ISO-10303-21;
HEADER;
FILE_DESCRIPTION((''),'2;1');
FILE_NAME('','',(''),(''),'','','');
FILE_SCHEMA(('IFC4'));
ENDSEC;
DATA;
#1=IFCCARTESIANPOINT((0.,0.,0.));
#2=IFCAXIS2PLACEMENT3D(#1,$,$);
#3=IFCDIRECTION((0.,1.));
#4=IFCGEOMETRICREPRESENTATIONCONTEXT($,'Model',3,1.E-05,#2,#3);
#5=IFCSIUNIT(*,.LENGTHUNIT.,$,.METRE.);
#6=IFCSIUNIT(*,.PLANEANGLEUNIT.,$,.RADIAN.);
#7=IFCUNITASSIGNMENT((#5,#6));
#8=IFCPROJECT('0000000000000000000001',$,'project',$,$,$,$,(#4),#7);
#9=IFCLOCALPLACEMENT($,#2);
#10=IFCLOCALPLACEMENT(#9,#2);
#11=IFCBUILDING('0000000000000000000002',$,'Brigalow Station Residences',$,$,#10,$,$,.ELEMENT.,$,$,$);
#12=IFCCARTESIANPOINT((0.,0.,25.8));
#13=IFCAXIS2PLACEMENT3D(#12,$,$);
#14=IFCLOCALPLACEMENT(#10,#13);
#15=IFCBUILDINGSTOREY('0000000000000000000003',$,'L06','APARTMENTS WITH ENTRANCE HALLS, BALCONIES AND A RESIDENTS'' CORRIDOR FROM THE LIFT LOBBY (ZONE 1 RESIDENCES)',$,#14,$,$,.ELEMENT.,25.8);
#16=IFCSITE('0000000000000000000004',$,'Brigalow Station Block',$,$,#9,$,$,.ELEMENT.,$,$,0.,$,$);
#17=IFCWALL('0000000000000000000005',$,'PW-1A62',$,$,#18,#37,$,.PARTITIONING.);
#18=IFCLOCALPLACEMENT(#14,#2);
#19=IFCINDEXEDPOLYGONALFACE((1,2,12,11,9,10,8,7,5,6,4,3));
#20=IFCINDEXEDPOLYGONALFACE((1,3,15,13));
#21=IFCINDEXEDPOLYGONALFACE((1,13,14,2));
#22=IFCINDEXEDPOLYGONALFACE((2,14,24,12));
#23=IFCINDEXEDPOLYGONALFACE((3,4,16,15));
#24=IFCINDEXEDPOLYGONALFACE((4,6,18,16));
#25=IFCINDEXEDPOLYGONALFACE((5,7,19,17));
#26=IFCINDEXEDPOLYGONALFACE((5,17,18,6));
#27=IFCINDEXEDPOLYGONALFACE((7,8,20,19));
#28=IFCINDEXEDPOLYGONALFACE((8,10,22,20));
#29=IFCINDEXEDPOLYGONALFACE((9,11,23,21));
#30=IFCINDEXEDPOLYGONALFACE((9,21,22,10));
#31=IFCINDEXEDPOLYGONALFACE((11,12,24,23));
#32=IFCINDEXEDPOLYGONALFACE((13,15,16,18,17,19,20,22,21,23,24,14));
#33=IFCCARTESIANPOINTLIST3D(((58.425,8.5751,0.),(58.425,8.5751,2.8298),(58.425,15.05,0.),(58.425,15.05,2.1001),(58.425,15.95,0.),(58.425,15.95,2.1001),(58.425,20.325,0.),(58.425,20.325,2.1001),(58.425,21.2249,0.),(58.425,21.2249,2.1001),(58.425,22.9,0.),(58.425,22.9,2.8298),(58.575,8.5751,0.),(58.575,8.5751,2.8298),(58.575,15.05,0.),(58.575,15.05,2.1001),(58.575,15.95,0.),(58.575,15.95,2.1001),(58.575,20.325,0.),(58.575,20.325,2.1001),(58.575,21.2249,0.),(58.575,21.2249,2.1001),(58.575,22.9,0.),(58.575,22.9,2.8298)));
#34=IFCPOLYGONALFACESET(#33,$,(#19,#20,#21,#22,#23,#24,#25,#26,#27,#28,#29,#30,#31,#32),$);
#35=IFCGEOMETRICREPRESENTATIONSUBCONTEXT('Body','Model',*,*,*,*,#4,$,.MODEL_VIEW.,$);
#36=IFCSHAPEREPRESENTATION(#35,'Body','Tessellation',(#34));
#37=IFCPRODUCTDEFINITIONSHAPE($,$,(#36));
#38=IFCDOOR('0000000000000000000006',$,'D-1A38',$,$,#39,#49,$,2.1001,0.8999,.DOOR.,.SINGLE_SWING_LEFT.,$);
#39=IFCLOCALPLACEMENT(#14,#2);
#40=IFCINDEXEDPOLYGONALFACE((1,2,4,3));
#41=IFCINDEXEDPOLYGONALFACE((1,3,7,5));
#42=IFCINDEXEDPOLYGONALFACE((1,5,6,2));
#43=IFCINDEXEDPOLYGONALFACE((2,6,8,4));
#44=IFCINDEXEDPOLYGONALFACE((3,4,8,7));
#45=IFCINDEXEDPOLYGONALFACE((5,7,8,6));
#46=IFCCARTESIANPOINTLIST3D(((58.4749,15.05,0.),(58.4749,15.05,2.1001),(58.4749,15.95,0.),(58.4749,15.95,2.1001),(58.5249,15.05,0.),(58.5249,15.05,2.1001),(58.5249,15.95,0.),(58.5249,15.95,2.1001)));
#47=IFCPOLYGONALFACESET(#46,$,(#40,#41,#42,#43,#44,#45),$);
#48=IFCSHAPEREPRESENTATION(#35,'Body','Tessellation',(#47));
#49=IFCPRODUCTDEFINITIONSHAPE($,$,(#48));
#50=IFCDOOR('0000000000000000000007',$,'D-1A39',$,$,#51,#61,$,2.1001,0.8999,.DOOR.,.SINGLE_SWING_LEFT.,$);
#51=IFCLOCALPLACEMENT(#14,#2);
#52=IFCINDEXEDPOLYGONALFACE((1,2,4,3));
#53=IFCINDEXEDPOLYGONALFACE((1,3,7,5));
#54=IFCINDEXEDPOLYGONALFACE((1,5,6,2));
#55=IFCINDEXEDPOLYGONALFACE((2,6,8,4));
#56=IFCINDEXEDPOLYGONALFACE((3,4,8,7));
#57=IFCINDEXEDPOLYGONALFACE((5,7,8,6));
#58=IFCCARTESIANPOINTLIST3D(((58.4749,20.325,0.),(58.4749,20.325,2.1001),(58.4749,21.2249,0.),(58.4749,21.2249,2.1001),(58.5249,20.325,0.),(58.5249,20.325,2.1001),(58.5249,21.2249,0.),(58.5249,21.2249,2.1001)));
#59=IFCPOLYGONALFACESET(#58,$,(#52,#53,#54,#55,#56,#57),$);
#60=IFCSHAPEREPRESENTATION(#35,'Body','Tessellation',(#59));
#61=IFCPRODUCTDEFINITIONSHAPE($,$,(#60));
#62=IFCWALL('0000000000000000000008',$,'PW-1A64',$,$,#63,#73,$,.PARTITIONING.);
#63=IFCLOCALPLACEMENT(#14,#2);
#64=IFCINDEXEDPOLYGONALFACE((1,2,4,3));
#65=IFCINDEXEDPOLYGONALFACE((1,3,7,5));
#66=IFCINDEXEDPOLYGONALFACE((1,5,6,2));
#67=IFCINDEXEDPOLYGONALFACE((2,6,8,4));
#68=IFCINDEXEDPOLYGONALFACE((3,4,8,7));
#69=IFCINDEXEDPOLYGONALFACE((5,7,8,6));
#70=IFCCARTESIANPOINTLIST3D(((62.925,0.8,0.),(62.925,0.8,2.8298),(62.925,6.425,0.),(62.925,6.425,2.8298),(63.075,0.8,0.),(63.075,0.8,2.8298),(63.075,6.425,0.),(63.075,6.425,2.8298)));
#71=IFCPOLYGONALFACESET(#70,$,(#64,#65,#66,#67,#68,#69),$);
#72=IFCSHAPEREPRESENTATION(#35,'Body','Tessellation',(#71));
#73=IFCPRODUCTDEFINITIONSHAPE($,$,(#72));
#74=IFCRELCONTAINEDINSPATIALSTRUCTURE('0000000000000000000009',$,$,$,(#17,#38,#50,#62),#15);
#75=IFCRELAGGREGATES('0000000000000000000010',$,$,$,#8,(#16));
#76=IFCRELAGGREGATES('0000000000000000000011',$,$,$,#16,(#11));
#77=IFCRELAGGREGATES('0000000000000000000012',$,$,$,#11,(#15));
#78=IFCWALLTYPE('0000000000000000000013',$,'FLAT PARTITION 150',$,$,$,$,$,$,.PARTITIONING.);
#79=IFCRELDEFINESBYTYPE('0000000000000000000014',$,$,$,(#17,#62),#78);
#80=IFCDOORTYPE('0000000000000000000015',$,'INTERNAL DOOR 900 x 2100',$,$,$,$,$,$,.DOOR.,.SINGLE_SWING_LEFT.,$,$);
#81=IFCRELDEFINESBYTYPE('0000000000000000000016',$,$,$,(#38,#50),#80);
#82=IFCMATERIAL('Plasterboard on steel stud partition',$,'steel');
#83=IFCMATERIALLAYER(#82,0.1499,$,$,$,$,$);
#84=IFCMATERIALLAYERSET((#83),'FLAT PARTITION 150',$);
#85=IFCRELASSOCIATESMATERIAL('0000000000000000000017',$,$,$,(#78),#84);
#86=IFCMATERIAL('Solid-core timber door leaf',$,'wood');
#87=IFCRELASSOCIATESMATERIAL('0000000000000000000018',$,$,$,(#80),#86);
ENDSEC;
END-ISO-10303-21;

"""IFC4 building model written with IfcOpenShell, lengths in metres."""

from ifc_helpers import new_model, si_unit, direction, frame, frame_2d, origin, place, context, subcontext, project, spatial, rectangle, extrude, material, layer, layer_set, type_object, element, fill, save


model = new_model("IFC4")

# Units and contexts
model_context = context("Model", 3, precision=1e-05, world=origin(), true_north=direction((0.0, 1.0)))
body_context = subcontext(model_context, "Body", "Model", "MODEL_VIEW")
ifc_project = project(units=[si_unit("LENGTHUNIT", "METRE"), si_unit("PLANEANGLEUNIT", "RADIAN")], contexts=[model_context])

# Site, building, storey
site_placement = place(None, origin())
site = spatial("IfcSite", under=ifc_project, at=site_placement, Name="Brigalow Station Block", CompositionType="ELEMENT", RefElevation=0.0)
building_placement = place(site_placement, origin())
building = spatial("IfcBuilding", under=site, at=building_placement, Name="Brigalow Station Residences", CompositionType="ELEMENT")
storey_placement = place(building_placement, frame((0.0, 0.0, 25.8)))
storey = spatial("IfcBuildingStorey", under=building, at=storey_placement, Name="L06", Description="APARTMENTS WITH ENTRANCE HALLS, BALCONIES AND A RESIDENTS' CORRIDOR FROM THE LIFT LOBBY (ZONE 1 RESIDENCES)", CompositionType="ELEMENT", Elevation=25.8)

# Shared definitions
ifc_material_1 = material(Name="Plasterboard on steel stud partition", Category="steel")
ifc_layer_1 = layer(ifc_material_1, 0.1499)
ifc_layer_set_1 = layer_set([ifc_layer_1], Name="FLAT PARTITION 150")
wall_type_1 = type_object("IfcWallType", Name="FLAT PARTITION 150", PredefinedType="PARTITIONING", material=ifc_layer_set_1)
ifc_material_2 = material(Name="Solid-core timber door leaf", Category="wood")
door_type = type_object("IfcDoorType", Name="INTERNAL DOOR 900 x 2100", OperationType="SINGLE_SWING_LEFT", PredefinedType="DOOR", material=ifc_material_2)

# Wall, openings, doors
wall_1_placement = place(storey_placement, frame((58.5, 8.575, 0.0), z_axis=(0.0, 0.0, 1.0), x_axis=(0.0, 1.0, 0.0)))
wall_1 = element("IfcWall", 1, at=wall_1_placement, inside=storey, type_object=wall_type_1, Name="PW-1A62", PredefinedType="PARTITIONING", context=body_context, shape_type="SweptSolid", body=[
    extrude(rectangle(XDim=14.325, YDim=0.1499, at=frame_2d((7.1626, 0.0))), origin(), (0.0, 0.0, 1.0), 2.8298),
])
opening_1_placement = place(wall_1_placement, frame((6.4751, 0.0, 0.0)))
opening_1 = element("IfcOpeningElement", 2, at=opening_1_placement, cuts=wall_1, PredefinedType="OPENING", context=body_context, shape_type="SweptSolid", body=[
    extrude(rectangle(XDim=0.8999, YDim=2.1001, at=frame_2d((0.45, 1.05))), frame((0.0, 0.085, 0.0), z_axis=(0.0, -1.0, 0.0), x_axis=(1.0, 0.0, 0.0)), (0.0, 0.0, 1.0), 0.1699),
])
opening_2_placement = place(wall_1_placement, frame((11.75, 0.0, 0.0)))
opening_2 = element("IfcOpeningElement", 3, at=opening_2_placement, cuts=wall_1, PredefinedType="OPENING", context=body_context, shape_type="SweptSolid", body=[
    extrude(rectangle(XDim=0.8999, YDim=2.1001, at=frame_2d((0.45, 1.05))), frame((0.0, 0.085, 0.0), z_axis=(0.0, -1.0, 0.0), x_axis=(1.0, 0.0, 0.0)), (0.0, 0.0, 1.0), 0.1699),
])
door_1_placement = place(opening_1_placement, frame((0.8999, 0.0, 0.0), z_axis=(0.0, 0.0, 1.0), x_axis=(-1.0, 0.0, 0.0)))
door_1 = element("IfcDoor", 4, at=door_1_placement, inside=storey, type_object=door_type, Name="D-1A38", OperationType="SINGLE_SWING_LEFT", OverallHeight=2.1001, OverallWidth=0.8999, PredefinedType="DOOR", context=body_context, shape_type="SweptSolid", body=[
    extrude(rectangle(XDim=0.8999, YDim=2.1001, at=frame_2d((0.45, 1.05))), frame((0.0, 0.0249, 0.0), z_axis=(0.0, -1.0, 0.0), x_axis=(1.0, 0.0, 0.0)), (0.0, 0.0, 1.0), 0.05),
])
fill(opening_1, door_1)
door_2_placement = place(opening_2_placement, frame((0.8999, 0.0, 0.0), z_axis=(0.0, 0.0, 1.0), x_axis=(-1.0, 0.0, 0.0)))
door_2 = element("IfcDoor", 5, at=door_2_placement, inside=storey, type_object=door_type, Name="D-1A39", OperationType="SINGLE_SWING_LEFT", OverallHeight=2.1001, OverallWidth=0.8999, PredefinedType="DOOR", context=body_context, shape_type="SweptSolid", body=[
    extrude(rectangle(XDim=0.8999, YDim=2.1001, at=frame_2d((0.45, 1.05))), frame((0.0, 0.0249, 0.0), z_axis=(0.0, -1.0, 0.0), x_axis=(1.0, 0.0, 0.0)), (0.0, 0.0, 1.0), 0.05),
])
fill(opening_2, door_2)

# Wall
wall_2_placement = place(storey_placement, frame((63.0, 0.8, 0.0), z_axis=(0.0, 0.0, 1.0), x_axis=(0.0, 1.0, 0.0)))
element("IfcWall", 6, at=wall_2_placement, inside=storey, type_object=wall_type_1, Name="PW-1A64", PredefinedType="PARTITIONING", context=body_context, shape_type="SweptSolid", body=[
    extrude(rectangle(XDim=5.625, YDim=0.1499, at=frame_2d((2.8125, 0.0))), origin(), (0.0, 0.0, 1.0), 2.8298),
])

save(model, "model.ifc")
